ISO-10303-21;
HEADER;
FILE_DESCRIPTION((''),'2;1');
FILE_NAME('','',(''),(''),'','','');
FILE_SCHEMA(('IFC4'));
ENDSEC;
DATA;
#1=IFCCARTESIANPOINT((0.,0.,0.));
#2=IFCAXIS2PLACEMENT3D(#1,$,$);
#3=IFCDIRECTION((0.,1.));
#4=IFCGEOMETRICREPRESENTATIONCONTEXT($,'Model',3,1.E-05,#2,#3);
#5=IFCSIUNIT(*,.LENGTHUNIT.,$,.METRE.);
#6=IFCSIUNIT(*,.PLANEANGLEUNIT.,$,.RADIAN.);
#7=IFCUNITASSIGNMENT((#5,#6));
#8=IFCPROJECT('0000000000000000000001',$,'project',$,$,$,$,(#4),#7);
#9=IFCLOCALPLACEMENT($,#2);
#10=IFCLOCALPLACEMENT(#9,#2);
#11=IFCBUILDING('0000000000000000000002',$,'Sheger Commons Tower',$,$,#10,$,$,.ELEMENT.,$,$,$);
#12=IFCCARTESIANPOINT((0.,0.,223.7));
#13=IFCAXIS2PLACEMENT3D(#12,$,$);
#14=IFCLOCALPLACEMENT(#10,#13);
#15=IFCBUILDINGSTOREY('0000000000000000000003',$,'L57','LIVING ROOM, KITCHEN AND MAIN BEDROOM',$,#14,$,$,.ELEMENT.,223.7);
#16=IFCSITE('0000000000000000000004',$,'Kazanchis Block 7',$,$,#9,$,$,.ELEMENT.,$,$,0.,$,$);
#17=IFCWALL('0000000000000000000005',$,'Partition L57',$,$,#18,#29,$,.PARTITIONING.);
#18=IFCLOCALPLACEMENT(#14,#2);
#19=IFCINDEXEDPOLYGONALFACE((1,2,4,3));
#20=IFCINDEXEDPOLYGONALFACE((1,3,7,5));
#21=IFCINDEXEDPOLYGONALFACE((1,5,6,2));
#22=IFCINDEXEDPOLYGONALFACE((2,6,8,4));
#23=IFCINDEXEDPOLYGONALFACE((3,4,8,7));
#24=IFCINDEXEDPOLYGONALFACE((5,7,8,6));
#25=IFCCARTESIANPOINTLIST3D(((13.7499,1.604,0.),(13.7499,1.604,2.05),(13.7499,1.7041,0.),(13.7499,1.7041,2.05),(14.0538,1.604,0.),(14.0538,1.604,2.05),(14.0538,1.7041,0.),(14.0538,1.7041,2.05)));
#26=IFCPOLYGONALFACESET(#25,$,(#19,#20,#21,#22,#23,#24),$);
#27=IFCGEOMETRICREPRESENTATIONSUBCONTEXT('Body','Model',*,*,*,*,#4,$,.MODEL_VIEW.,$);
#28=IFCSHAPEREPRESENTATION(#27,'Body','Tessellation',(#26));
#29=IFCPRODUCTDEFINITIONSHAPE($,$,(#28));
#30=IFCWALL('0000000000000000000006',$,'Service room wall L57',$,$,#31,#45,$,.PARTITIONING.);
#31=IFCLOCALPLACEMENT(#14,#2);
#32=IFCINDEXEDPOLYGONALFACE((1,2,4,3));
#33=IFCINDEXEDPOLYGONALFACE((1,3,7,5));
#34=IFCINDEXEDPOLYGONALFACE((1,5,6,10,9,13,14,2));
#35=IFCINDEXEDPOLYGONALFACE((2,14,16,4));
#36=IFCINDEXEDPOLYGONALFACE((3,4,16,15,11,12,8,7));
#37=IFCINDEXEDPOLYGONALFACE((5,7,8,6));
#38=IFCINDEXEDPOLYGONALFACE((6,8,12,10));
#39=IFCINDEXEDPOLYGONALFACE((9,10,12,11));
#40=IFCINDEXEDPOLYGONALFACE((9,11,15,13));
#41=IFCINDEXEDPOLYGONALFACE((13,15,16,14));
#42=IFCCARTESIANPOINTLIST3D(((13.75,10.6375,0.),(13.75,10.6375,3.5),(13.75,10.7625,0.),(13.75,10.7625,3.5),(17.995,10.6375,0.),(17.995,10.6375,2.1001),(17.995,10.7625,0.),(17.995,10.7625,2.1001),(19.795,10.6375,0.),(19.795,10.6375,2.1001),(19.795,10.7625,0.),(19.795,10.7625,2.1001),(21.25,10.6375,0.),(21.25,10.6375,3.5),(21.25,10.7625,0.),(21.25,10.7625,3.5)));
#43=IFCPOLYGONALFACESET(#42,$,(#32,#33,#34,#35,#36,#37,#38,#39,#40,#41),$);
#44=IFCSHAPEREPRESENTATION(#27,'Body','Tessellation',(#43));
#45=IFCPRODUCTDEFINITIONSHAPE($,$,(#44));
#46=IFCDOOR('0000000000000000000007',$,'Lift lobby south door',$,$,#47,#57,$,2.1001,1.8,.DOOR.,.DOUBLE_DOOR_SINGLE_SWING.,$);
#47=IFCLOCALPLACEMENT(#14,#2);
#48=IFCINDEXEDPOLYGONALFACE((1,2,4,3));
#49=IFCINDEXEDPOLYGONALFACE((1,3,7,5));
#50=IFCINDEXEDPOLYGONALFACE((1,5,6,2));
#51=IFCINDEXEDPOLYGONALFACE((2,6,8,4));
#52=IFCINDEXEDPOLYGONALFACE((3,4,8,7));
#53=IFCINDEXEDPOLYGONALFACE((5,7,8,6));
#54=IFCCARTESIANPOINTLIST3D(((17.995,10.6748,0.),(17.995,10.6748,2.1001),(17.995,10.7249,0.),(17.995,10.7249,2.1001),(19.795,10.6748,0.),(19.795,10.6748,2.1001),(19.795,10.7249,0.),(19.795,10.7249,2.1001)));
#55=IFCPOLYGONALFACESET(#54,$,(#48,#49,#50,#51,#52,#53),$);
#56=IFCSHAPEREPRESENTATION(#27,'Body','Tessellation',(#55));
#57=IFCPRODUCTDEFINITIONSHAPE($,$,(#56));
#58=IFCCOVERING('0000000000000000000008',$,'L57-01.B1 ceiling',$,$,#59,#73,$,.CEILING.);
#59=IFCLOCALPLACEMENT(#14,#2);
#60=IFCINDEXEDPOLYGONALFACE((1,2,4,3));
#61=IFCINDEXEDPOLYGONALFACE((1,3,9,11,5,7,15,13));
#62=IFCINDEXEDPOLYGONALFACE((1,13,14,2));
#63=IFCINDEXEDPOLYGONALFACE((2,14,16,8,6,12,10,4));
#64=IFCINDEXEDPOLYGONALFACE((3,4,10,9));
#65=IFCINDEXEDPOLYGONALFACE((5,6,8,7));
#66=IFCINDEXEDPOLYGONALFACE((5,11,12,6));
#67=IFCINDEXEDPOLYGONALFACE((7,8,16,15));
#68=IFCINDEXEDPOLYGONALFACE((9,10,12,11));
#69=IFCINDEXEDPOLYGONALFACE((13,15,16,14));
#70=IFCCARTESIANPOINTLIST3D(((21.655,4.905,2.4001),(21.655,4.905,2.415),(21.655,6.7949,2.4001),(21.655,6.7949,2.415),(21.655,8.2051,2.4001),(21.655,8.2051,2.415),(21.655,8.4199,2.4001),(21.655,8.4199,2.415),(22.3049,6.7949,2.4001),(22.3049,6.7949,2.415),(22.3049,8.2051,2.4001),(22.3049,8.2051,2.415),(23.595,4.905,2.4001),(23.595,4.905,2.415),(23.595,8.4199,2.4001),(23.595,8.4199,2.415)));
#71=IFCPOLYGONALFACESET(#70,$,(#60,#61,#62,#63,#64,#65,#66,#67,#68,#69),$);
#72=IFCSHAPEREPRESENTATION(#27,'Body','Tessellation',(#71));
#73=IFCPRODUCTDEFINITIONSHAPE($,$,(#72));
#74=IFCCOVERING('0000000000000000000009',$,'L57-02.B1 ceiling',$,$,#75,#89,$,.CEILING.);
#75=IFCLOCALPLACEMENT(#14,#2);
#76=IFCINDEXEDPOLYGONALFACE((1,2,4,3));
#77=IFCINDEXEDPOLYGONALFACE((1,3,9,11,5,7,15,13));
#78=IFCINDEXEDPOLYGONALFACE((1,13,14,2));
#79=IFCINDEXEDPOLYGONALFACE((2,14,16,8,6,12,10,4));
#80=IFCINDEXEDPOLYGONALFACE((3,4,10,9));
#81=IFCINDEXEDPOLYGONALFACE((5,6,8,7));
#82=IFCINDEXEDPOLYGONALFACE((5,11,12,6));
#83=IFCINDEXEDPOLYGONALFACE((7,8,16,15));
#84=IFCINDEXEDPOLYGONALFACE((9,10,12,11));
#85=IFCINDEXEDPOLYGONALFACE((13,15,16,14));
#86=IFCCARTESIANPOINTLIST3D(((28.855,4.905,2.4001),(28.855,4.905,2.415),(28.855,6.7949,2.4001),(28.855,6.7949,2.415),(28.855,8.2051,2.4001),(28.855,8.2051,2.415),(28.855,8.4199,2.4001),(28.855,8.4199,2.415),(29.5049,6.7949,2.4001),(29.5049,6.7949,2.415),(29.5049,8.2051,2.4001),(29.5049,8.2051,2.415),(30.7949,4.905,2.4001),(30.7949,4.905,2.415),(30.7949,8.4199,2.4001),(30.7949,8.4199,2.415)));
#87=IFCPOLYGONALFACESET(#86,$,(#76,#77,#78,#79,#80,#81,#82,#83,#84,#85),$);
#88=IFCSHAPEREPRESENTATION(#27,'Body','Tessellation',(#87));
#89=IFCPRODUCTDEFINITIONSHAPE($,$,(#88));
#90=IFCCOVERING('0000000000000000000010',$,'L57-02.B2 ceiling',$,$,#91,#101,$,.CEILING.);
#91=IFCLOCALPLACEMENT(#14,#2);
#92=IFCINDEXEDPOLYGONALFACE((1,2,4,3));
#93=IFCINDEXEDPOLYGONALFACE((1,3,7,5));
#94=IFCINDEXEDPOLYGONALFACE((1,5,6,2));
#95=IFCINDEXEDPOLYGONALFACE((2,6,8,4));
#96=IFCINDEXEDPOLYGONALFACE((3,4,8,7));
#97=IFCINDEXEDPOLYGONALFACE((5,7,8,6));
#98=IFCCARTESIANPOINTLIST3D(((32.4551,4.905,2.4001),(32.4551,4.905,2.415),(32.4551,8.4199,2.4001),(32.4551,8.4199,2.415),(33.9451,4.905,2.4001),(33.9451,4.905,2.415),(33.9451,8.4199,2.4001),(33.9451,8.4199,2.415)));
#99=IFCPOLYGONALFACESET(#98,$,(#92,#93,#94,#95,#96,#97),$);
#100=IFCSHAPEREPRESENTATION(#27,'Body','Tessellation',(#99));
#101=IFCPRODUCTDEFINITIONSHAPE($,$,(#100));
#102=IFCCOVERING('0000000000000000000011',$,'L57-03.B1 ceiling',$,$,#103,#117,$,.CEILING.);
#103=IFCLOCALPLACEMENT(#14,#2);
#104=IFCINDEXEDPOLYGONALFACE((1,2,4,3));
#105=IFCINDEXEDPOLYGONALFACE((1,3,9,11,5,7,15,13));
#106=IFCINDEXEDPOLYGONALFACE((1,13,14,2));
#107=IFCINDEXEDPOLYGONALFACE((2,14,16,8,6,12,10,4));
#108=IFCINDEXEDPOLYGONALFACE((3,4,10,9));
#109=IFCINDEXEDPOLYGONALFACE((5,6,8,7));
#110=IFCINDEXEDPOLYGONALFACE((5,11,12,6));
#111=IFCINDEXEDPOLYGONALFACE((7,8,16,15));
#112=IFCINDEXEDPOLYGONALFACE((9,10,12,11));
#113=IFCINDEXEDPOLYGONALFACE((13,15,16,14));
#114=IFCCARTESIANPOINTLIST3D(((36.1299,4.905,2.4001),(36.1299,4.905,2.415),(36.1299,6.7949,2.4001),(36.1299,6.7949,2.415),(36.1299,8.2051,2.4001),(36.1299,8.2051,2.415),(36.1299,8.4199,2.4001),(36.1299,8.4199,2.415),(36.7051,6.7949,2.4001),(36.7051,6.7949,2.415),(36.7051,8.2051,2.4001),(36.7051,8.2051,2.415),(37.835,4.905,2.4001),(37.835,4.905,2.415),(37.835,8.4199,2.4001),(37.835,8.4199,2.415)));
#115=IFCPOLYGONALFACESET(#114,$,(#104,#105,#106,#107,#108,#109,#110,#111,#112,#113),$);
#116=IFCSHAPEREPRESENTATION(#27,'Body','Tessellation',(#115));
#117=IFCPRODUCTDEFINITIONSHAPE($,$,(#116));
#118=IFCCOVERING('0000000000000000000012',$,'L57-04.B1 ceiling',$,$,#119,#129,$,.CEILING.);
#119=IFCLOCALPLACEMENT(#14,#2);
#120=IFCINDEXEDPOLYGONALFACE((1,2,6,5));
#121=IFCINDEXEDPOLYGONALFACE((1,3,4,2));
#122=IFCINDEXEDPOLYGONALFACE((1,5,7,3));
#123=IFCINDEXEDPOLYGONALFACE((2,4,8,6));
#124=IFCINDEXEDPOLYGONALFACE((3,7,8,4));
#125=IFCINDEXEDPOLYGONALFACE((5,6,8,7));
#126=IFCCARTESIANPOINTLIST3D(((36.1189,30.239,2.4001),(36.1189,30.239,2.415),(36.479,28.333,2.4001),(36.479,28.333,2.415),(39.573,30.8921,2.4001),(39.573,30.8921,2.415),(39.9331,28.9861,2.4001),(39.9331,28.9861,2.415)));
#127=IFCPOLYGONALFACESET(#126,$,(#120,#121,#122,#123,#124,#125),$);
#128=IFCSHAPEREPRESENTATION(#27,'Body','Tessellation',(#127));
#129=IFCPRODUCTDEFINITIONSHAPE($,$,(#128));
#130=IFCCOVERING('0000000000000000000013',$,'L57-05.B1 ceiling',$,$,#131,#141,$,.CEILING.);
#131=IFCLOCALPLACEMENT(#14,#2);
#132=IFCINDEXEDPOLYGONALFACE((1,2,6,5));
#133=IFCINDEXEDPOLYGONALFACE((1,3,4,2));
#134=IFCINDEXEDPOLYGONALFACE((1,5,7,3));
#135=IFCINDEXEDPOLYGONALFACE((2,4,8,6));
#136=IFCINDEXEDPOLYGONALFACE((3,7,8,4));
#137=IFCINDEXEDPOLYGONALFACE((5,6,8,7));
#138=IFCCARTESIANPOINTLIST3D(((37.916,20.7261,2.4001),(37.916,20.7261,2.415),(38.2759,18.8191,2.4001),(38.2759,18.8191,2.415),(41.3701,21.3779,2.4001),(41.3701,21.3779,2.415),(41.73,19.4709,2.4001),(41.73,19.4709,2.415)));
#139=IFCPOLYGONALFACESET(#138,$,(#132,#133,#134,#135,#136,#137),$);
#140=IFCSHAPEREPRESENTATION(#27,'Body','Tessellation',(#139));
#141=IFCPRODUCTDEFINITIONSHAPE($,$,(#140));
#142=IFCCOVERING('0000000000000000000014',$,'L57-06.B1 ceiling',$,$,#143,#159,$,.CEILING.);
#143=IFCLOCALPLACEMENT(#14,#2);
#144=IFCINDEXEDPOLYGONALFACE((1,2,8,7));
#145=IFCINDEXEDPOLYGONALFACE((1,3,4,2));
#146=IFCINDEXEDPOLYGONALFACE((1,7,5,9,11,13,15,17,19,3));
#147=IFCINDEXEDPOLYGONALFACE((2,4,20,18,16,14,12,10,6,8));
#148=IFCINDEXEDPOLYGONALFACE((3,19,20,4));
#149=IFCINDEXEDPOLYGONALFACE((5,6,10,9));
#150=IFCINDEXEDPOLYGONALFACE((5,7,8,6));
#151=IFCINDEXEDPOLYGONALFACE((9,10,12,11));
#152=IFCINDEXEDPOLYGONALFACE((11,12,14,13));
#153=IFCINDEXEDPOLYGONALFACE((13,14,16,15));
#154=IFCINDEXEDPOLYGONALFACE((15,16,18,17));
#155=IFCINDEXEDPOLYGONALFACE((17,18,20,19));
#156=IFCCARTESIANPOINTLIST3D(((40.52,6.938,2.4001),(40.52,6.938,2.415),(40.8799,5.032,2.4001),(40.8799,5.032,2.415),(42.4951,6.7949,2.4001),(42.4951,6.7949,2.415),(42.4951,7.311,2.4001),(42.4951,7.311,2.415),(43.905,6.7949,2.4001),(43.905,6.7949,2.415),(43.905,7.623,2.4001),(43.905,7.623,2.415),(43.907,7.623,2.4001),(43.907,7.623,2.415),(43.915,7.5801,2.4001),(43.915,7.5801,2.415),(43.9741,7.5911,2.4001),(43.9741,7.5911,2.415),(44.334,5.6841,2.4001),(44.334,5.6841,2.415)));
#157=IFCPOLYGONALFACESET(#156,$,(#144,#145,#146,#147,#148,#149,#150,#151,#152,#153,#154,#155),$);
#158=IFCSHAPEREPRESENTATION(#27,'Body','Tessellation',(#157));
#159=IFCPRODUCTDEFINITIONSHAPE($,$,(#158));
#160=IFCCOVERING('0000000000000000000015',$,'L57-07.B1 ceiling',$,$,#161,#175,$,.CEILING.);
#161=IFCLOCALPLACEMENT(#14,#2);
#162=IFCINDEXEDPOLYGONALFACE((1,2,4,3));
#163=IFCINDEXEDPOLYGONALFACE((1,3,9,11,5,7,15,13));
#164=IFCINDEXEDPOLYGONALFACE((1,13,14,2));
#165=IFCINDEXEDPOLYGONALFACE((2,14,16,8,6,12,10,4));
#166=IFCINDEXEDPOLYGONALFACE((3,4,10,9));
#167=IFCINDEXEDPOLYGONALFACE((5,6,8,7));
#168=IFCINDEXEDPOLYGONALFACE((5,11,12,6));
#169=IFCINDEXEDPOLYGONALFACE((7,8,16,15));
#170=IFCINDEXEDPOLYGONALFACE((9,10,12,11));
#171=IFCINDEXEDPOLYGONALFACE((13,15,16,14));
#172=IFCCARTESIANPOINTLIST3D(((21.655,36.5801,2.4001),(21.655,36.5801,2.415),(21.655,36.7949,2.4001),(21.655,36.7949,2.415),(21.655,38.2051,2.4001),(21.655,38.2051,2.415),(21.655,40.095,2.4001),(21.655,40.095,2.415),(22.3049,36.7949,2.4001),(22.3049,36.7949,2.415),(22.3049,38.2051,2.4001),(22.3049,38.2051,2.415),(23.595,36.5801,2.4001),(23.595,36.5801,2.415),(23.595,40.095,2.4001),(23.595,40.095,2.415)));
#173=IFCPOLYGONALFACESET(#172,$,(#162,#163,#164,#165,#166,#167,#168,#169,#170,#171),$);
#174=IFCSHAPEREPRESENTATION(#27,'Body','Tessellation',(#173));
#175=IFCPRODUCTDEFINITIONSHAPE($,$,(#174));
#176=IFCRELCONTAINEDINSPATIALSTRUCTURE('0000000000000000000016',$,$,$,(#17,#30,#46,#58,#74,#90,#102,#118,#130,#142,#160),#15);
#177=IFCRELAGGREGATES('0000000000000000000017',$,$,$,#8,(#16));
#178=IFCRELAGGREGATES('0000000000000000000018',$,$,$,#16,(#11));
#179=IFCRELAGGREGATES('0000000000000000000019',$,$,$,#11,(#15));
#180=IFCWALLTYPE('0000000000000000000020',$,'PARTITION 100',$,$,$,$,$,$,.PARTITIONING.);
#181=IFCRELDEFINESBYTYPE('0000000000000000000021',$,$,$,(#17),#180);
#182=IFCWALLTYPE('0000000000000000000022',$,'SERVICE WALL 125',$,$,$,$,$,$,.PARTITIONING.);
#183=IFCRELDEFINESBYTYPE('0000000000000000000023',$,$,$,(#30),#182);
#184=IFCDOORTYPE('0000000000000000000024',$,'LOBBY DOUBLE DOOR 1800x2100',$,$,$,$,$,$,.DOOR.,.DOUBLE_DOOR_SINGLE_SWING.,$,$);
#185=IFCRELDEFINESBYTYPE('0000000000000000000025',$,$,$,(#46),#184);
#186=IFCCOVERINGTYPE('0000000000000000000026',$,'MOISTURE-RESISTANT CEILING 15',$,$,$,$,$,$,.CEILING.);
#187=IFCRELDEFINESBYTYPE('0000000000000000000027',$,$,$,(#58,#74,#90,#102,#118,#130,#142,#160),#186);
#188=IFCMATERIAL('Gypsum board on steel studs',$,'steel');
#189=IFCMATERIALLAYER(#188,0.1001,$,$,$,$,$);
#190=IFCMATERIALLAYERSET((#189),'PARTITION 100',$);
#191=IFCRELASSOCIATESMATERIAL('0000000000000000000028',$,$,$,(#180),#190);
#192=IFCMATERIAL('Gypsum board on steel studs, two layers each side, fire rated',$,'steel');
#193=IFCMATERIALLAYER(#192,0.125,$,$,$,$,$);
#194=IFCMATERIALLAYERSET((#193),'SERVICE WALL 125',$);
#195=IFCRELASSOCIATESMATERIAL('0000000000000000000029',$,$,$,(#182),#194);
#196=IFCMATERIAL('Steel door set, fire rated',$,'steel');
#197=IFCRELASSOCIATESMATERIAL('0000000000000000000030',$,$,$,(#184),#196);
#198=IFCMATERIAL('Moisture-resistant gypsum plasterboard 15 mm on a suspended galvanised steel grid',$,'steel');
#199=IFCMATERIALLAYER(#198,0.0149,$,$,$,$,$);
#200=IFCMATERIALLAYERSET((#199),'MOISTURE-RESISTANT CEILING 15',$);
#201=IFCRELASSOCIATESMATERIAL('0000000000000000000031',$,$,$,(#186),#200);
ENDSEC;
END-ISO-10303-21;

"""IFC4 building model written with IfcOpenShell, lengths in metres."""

from ifc_helpers import new_model, si_unit, direction, frame, frame_2d, origin, place, context, subcontext, project, spatial, polyline, rectangle, outline, extrude, material, layer, layer_set, type_object, element, fill, save


model = new_model("IFC4")

# Units and contexts
model_context = context("Model", 3, precision=1e-05, world=origin(), true_north=direction((0.0, 1.0)))
body_context = subcontext(model_context, "Body", "Model", "MODEL_VIEW")
ifc_project = project(units=[si_unit("LENGTHUNIT", "METRE"), si_unit("PLANEANGLEUNIT", "RADIAN")], contexts=[model_context])

# Site, building, storey
site_placement = place(None, origin())
site = spatial("IfcSite", under=ifc_project, at=site_placement, Name="Kazanchis Block 7", CompositionType="ELEMENT", RefElevation=0.0)
building_placement = place(site_placement, origin())
building = spatial("IfcBuilding", under=site, at=building_placement, Name="Sheger Commons Tower", CompositionType="ELEMENT")
storey_placement = place(building_placement, frame((0.0, 0.0, 223.7)))
storey = spatial("IfcBuildingStorey", under=building, at=storey_placement, Name="L57", Description="LIVING ROOM, KITCHEN AND MAIN BEDROOM", CompositionType="ELEMENT", Elevation=223.7)

# Wall
ifc_material_1 = material(Name="Gypsum board on steel studs", Category="steel")
ifc_layer_1 = layer(ifc_material_1, 0.1001)
ifc_layer_set_1 = layer_set([ifc_layer_1], Name="PARTITION 100")
wall_type_1 = type_object("IfcWallType", Name="PARTITION 100", PredefinedType="PARTITIONING", material=ifc_layer_set_1)
wall_1_placement = place(storey_placement, frame((13.75, 1.6541, 0.0), z_axis=(0.0, 0.0, 1.0), x_axis=(1.0, 0.0, 0.0)))
element("IfcWall", 1, at=wall_1_placement, inside=storey, type_object=wall_type_1, Name="Partition L57", PredefinedType="PARTITIONING", context=body_context, shape_type="SweptSolid", body=[
    extrude(rectangle(XDim=0.304, YDim=0.1001, at=frame_2d((0.1519, 0.0))), origin(), (0.0, 0.0, 1.0), 2.05),
])

# Wall, opening, door
ifc_material_2 = material(Name="Gypsum board on steel studs, two layers each side, fire rated", Category="steel")
ifc_layer_2 = layer(ifc_material_2, 0.125)
ifc_layer_set_2 = layer_set([ifc_layer_2], Name="SERVICE WALL 125")
wall_type_2 = type_object("IfcWallType", Name="SERVICE WALL 125", PredefinedType="PARTITIONING", material=ifc_layer_set_2)
wall_2_placement = place(storey_placement, frame((13.75, 10.7, 0.0), z_axis=(0.0, 0.0, 1.0), x_axis=(1.0, 0.0, 0.0)))
wall_2 = element("IfcWall", 2, at=wall_2_placement, inside=storey, type_object=wall_type_2, Name="Service room wall L57", PredefinedType="PARTITIONING", context=body_context, shape_type="SweptSolid", body=[
    extrude(rectangle(XDim=7.5, YDim=0.125, at=frame_2d((3.75, 0.0))), origin(), (0.0, 0.0, 1.0), 3.5),
])
opening_placement = place(wall_2_placement, frame((4.2451, 0.0, 0.0)))
opening = element("IfcOpeningElement", 3, at=opening_placement, cuts=wall_2, PredefinedType="OPENING", context=body_context, shape_type="SweptSolid", body=[
    extrude(rectangle(XDim=1.8, YDim=2.1001, at=frame_2d((0.8999, 1.05))), frame((0.0, 0.0725, 0.0), z_axis=(0.0, -1.0, 0.0), x_axis=(1.0, 0.0, 0.0)), (0.0, 0.0, 1.0), 0.145),
])
ifc_material_3 = material(Name="Steel door set, fire rated", Category="steel")
door_type = type_object("IfcDoorType", Name="LOBBY DOUBLE DOOR 1800x2100", OperationType="DOUBLE_DOOR_SINGLE_SWING", PredefinedType="DOOR", material=ifc_material_3)
door_placement = place(opening_placement, origin())
door = element("IfcDoor", 4, at=door_placement, inside=storey, type_object=door_type, Name="Lift lobby south door", OperationType="DOUBLE_DOOR_SINGLE_SWING", OverallHeight=2.1001, OverallWidth=1.8, PredefinedType="DOOR", context=body_context, shape_type="SweptSolid", body=[
    extrude(rectangle(XDim=1.8, YDim=2.1001, at=frame_2d((0.8999, 1.05))), frame((0.0, 0.0249, 0.0), z_axis=(0.0, -1.0, 0.0), x_axis=(1.0, 0.0, 0.0)), (0.0, 0.0, 1.0), 0.05),
])
fill(opening, door)

# Coverings
ifc_material_4 = material(Name="Moisture-resistant gypsum plasterboard 15 mm on a suspended galvanised steel grid", Category="steel")
ifc_layer_3 = layer(ifc_material_4, 0.0149)
ifc_layer_set_3 = layer_set([ifc_layer_3], Name="MOISTURE-RESISTANT CEILING 15")
covering_type_1 = type_object("IfcCoveringType", Name="MOISTURE-RESISTANT CEILING 15", PredefinedType="CEILING", material=ifc_layer_set_3)
covering_1_placement = place(storey_placement, frame((0.0, 0.0, 2.4001)))
element("IfcCovering", 5, at=covering_1_placement, inside=storey, type_object=covering_type_1, Name="L57-01.B1 ceiling", PredefinedType="CEILING", context=body_context, shape_type="SweptSolid", body=[
    extrude(outline(polyline([(21.655, 4.905), (23.595, 4.905), (23.595, 8.4199), (21.655, 8.4199), (21.655, 8.2051), (22.3049, 8.2051), (22.3049, 6.7949), (21.655, 6.7949), (21.655, 4.905)])), origin(), (0.0, 0.0, 1.0), 0.0149),
])
covering_2_placement = place(storey_placement, frame((0.0, 0.0, 2.4001)))
element("IfcCovering", 6, at=covering_2_placement, inside=storey, type_object=covering_type_1, Name="L57-02.B1 ceiling", PredefinedType="CEILING", context=body_context, shape_type="SweptSolid", body=[
    extrude(outline(polyline([(28.855, 4.905), (30.7949, 4.905), (30.7949, 8.4199), (28.855, 8.4199), (28.855, 8.2051), (29.5049, 8.2051), (29.5049, 6.7949), (28.855, 6.7949), (28.855, 4.905)])), origin(), (0.0, 0.0, 1.0), 0.0149),
])
covering_3_placement = place(storey_placement, frame((0.0, 0.0, 2.4001)))
element("IfcCovering", 7, at=covering_3_placement, inside=storey, type_object=covering_type_1, Name="L57-02.B2 ceiling", PredefinedType="CEILING", context=body_context, shape_type="SweptSolid", body=[
    extrude(outline(polyline([(32.4551, 4.905), (33.9451, 4.905), (33.9451, 8.4199), (32.4551, 8.4199), (32.4551, 4.905)])), origin(), (0.0, 0.0, 1.0), 0.0149),
])
covering_4_placement = place(storey_placement, frame((0.0, 0.0, 2.4001)))
element("IfcCovering", 8, at=covering_4_placement, inside=storey, type_object=covering_type_1, Name="L57-03.B1 ceiling", PredefinedType="CEILING", context=body_context, shape_type="SweptSolid", body=[
    extrude(outline(polyline([(36.1299, 4.905), (37.835, 4.905), (37.835, 8.4199), (36.1299, 8.4199), (36.1299, 8.2051), (36.7051, 8.2051), (36.7051, 6.7949), (36.1299, 6.7949), (36.1299, 4.905)])), origin(), (0.0, 0.0, 1.0), 0.0149),
])
covering_5_placement = place(storey_placement, frame((0.0, 0.0, 2.4001)))
element("IfcCovering", 9, at=covering_5_placement, inside=storey, type_object=covering_type_1, Name="L57-04.B1 ceiling", PredefinedType="CEILING", context=body_context, shape_type="SweptSolid", body=[
    extrude(outline(polyline([(36.479, 28.333), (39.9331, 28.9861), (39.573, 30.8921), (36.1189, 30.239), (36.479, 28.333)])), origin(), (0.0, 0.0, 1.0), 0.0149),
])
covering_6_placement = place(storey_placement, frame((0.0, 0.0, 2.4001)))
element("IfcCovering", 10, at=covering_6_placement, inside=storey, type_object=covering_type_1, Name="L57-05.B1 ceiling", PredefinedType="CEILING", context=body_context, shape_type="SweptSolid", body=[
    extrude(outline(polyline([(38.2759, 18.8191), (41.73, 19.4709), (41.3701, 21.3779), (37.916, 20.7261), (38.2759, 18.8191)])), origin(), (0.0, 0.0, 1.0), 0.0149),
])
covering_7_placement = place(storey_placement, frame((0.0, 0.0, 2.4001)))
element("IfcCovering", 11, at=covering_7_placement, inside=storey, type_object=covering_type_1, Name="L57-06.B1 ceiling", PredefinedType="CEILING", context=body_context, shape_type="SweptSolid", body=[
    extrude(outline(polyline([(40.8799, 5.032), (44.334, 5.6841), (43.9741, 7.5911), (43.915, 7.5801), (43.907, 7.623), (43.905, 7.623), (43.905, 6.7949), (42.4951, 6.7949), (42.4951, 7.311), (40.52, 6.938), (40.8799, 5.032)])), origin(), (0.0, 0.0, 1.0), 0.0149),
])
covering_8_placement = place(storey_placement, frame((0.0, 0.0, 2.4001)))
element("IfcCovering", 12, at=covering_8_placement, inside=storey, type_object=covering_type_1, Name="L57-07.B1 ceiling", PredefinedType="CEILING", context=body_context, shape_type="SweptSolid", body=[
    extrude(outline(polyline([(21.655, 36.5801), (23.595, 36.5801), (23.595, 40.095), (21.655, 40.095), (21.655, 38.2051), (22.3049, 38.2051), (22.3049, 36.7949), (21.655, 36.7949), (21.655, 36.5801)])), origin(), (0.0, 0.0, 1.0), 0.0149),
])

save(model, "model.ifc")
